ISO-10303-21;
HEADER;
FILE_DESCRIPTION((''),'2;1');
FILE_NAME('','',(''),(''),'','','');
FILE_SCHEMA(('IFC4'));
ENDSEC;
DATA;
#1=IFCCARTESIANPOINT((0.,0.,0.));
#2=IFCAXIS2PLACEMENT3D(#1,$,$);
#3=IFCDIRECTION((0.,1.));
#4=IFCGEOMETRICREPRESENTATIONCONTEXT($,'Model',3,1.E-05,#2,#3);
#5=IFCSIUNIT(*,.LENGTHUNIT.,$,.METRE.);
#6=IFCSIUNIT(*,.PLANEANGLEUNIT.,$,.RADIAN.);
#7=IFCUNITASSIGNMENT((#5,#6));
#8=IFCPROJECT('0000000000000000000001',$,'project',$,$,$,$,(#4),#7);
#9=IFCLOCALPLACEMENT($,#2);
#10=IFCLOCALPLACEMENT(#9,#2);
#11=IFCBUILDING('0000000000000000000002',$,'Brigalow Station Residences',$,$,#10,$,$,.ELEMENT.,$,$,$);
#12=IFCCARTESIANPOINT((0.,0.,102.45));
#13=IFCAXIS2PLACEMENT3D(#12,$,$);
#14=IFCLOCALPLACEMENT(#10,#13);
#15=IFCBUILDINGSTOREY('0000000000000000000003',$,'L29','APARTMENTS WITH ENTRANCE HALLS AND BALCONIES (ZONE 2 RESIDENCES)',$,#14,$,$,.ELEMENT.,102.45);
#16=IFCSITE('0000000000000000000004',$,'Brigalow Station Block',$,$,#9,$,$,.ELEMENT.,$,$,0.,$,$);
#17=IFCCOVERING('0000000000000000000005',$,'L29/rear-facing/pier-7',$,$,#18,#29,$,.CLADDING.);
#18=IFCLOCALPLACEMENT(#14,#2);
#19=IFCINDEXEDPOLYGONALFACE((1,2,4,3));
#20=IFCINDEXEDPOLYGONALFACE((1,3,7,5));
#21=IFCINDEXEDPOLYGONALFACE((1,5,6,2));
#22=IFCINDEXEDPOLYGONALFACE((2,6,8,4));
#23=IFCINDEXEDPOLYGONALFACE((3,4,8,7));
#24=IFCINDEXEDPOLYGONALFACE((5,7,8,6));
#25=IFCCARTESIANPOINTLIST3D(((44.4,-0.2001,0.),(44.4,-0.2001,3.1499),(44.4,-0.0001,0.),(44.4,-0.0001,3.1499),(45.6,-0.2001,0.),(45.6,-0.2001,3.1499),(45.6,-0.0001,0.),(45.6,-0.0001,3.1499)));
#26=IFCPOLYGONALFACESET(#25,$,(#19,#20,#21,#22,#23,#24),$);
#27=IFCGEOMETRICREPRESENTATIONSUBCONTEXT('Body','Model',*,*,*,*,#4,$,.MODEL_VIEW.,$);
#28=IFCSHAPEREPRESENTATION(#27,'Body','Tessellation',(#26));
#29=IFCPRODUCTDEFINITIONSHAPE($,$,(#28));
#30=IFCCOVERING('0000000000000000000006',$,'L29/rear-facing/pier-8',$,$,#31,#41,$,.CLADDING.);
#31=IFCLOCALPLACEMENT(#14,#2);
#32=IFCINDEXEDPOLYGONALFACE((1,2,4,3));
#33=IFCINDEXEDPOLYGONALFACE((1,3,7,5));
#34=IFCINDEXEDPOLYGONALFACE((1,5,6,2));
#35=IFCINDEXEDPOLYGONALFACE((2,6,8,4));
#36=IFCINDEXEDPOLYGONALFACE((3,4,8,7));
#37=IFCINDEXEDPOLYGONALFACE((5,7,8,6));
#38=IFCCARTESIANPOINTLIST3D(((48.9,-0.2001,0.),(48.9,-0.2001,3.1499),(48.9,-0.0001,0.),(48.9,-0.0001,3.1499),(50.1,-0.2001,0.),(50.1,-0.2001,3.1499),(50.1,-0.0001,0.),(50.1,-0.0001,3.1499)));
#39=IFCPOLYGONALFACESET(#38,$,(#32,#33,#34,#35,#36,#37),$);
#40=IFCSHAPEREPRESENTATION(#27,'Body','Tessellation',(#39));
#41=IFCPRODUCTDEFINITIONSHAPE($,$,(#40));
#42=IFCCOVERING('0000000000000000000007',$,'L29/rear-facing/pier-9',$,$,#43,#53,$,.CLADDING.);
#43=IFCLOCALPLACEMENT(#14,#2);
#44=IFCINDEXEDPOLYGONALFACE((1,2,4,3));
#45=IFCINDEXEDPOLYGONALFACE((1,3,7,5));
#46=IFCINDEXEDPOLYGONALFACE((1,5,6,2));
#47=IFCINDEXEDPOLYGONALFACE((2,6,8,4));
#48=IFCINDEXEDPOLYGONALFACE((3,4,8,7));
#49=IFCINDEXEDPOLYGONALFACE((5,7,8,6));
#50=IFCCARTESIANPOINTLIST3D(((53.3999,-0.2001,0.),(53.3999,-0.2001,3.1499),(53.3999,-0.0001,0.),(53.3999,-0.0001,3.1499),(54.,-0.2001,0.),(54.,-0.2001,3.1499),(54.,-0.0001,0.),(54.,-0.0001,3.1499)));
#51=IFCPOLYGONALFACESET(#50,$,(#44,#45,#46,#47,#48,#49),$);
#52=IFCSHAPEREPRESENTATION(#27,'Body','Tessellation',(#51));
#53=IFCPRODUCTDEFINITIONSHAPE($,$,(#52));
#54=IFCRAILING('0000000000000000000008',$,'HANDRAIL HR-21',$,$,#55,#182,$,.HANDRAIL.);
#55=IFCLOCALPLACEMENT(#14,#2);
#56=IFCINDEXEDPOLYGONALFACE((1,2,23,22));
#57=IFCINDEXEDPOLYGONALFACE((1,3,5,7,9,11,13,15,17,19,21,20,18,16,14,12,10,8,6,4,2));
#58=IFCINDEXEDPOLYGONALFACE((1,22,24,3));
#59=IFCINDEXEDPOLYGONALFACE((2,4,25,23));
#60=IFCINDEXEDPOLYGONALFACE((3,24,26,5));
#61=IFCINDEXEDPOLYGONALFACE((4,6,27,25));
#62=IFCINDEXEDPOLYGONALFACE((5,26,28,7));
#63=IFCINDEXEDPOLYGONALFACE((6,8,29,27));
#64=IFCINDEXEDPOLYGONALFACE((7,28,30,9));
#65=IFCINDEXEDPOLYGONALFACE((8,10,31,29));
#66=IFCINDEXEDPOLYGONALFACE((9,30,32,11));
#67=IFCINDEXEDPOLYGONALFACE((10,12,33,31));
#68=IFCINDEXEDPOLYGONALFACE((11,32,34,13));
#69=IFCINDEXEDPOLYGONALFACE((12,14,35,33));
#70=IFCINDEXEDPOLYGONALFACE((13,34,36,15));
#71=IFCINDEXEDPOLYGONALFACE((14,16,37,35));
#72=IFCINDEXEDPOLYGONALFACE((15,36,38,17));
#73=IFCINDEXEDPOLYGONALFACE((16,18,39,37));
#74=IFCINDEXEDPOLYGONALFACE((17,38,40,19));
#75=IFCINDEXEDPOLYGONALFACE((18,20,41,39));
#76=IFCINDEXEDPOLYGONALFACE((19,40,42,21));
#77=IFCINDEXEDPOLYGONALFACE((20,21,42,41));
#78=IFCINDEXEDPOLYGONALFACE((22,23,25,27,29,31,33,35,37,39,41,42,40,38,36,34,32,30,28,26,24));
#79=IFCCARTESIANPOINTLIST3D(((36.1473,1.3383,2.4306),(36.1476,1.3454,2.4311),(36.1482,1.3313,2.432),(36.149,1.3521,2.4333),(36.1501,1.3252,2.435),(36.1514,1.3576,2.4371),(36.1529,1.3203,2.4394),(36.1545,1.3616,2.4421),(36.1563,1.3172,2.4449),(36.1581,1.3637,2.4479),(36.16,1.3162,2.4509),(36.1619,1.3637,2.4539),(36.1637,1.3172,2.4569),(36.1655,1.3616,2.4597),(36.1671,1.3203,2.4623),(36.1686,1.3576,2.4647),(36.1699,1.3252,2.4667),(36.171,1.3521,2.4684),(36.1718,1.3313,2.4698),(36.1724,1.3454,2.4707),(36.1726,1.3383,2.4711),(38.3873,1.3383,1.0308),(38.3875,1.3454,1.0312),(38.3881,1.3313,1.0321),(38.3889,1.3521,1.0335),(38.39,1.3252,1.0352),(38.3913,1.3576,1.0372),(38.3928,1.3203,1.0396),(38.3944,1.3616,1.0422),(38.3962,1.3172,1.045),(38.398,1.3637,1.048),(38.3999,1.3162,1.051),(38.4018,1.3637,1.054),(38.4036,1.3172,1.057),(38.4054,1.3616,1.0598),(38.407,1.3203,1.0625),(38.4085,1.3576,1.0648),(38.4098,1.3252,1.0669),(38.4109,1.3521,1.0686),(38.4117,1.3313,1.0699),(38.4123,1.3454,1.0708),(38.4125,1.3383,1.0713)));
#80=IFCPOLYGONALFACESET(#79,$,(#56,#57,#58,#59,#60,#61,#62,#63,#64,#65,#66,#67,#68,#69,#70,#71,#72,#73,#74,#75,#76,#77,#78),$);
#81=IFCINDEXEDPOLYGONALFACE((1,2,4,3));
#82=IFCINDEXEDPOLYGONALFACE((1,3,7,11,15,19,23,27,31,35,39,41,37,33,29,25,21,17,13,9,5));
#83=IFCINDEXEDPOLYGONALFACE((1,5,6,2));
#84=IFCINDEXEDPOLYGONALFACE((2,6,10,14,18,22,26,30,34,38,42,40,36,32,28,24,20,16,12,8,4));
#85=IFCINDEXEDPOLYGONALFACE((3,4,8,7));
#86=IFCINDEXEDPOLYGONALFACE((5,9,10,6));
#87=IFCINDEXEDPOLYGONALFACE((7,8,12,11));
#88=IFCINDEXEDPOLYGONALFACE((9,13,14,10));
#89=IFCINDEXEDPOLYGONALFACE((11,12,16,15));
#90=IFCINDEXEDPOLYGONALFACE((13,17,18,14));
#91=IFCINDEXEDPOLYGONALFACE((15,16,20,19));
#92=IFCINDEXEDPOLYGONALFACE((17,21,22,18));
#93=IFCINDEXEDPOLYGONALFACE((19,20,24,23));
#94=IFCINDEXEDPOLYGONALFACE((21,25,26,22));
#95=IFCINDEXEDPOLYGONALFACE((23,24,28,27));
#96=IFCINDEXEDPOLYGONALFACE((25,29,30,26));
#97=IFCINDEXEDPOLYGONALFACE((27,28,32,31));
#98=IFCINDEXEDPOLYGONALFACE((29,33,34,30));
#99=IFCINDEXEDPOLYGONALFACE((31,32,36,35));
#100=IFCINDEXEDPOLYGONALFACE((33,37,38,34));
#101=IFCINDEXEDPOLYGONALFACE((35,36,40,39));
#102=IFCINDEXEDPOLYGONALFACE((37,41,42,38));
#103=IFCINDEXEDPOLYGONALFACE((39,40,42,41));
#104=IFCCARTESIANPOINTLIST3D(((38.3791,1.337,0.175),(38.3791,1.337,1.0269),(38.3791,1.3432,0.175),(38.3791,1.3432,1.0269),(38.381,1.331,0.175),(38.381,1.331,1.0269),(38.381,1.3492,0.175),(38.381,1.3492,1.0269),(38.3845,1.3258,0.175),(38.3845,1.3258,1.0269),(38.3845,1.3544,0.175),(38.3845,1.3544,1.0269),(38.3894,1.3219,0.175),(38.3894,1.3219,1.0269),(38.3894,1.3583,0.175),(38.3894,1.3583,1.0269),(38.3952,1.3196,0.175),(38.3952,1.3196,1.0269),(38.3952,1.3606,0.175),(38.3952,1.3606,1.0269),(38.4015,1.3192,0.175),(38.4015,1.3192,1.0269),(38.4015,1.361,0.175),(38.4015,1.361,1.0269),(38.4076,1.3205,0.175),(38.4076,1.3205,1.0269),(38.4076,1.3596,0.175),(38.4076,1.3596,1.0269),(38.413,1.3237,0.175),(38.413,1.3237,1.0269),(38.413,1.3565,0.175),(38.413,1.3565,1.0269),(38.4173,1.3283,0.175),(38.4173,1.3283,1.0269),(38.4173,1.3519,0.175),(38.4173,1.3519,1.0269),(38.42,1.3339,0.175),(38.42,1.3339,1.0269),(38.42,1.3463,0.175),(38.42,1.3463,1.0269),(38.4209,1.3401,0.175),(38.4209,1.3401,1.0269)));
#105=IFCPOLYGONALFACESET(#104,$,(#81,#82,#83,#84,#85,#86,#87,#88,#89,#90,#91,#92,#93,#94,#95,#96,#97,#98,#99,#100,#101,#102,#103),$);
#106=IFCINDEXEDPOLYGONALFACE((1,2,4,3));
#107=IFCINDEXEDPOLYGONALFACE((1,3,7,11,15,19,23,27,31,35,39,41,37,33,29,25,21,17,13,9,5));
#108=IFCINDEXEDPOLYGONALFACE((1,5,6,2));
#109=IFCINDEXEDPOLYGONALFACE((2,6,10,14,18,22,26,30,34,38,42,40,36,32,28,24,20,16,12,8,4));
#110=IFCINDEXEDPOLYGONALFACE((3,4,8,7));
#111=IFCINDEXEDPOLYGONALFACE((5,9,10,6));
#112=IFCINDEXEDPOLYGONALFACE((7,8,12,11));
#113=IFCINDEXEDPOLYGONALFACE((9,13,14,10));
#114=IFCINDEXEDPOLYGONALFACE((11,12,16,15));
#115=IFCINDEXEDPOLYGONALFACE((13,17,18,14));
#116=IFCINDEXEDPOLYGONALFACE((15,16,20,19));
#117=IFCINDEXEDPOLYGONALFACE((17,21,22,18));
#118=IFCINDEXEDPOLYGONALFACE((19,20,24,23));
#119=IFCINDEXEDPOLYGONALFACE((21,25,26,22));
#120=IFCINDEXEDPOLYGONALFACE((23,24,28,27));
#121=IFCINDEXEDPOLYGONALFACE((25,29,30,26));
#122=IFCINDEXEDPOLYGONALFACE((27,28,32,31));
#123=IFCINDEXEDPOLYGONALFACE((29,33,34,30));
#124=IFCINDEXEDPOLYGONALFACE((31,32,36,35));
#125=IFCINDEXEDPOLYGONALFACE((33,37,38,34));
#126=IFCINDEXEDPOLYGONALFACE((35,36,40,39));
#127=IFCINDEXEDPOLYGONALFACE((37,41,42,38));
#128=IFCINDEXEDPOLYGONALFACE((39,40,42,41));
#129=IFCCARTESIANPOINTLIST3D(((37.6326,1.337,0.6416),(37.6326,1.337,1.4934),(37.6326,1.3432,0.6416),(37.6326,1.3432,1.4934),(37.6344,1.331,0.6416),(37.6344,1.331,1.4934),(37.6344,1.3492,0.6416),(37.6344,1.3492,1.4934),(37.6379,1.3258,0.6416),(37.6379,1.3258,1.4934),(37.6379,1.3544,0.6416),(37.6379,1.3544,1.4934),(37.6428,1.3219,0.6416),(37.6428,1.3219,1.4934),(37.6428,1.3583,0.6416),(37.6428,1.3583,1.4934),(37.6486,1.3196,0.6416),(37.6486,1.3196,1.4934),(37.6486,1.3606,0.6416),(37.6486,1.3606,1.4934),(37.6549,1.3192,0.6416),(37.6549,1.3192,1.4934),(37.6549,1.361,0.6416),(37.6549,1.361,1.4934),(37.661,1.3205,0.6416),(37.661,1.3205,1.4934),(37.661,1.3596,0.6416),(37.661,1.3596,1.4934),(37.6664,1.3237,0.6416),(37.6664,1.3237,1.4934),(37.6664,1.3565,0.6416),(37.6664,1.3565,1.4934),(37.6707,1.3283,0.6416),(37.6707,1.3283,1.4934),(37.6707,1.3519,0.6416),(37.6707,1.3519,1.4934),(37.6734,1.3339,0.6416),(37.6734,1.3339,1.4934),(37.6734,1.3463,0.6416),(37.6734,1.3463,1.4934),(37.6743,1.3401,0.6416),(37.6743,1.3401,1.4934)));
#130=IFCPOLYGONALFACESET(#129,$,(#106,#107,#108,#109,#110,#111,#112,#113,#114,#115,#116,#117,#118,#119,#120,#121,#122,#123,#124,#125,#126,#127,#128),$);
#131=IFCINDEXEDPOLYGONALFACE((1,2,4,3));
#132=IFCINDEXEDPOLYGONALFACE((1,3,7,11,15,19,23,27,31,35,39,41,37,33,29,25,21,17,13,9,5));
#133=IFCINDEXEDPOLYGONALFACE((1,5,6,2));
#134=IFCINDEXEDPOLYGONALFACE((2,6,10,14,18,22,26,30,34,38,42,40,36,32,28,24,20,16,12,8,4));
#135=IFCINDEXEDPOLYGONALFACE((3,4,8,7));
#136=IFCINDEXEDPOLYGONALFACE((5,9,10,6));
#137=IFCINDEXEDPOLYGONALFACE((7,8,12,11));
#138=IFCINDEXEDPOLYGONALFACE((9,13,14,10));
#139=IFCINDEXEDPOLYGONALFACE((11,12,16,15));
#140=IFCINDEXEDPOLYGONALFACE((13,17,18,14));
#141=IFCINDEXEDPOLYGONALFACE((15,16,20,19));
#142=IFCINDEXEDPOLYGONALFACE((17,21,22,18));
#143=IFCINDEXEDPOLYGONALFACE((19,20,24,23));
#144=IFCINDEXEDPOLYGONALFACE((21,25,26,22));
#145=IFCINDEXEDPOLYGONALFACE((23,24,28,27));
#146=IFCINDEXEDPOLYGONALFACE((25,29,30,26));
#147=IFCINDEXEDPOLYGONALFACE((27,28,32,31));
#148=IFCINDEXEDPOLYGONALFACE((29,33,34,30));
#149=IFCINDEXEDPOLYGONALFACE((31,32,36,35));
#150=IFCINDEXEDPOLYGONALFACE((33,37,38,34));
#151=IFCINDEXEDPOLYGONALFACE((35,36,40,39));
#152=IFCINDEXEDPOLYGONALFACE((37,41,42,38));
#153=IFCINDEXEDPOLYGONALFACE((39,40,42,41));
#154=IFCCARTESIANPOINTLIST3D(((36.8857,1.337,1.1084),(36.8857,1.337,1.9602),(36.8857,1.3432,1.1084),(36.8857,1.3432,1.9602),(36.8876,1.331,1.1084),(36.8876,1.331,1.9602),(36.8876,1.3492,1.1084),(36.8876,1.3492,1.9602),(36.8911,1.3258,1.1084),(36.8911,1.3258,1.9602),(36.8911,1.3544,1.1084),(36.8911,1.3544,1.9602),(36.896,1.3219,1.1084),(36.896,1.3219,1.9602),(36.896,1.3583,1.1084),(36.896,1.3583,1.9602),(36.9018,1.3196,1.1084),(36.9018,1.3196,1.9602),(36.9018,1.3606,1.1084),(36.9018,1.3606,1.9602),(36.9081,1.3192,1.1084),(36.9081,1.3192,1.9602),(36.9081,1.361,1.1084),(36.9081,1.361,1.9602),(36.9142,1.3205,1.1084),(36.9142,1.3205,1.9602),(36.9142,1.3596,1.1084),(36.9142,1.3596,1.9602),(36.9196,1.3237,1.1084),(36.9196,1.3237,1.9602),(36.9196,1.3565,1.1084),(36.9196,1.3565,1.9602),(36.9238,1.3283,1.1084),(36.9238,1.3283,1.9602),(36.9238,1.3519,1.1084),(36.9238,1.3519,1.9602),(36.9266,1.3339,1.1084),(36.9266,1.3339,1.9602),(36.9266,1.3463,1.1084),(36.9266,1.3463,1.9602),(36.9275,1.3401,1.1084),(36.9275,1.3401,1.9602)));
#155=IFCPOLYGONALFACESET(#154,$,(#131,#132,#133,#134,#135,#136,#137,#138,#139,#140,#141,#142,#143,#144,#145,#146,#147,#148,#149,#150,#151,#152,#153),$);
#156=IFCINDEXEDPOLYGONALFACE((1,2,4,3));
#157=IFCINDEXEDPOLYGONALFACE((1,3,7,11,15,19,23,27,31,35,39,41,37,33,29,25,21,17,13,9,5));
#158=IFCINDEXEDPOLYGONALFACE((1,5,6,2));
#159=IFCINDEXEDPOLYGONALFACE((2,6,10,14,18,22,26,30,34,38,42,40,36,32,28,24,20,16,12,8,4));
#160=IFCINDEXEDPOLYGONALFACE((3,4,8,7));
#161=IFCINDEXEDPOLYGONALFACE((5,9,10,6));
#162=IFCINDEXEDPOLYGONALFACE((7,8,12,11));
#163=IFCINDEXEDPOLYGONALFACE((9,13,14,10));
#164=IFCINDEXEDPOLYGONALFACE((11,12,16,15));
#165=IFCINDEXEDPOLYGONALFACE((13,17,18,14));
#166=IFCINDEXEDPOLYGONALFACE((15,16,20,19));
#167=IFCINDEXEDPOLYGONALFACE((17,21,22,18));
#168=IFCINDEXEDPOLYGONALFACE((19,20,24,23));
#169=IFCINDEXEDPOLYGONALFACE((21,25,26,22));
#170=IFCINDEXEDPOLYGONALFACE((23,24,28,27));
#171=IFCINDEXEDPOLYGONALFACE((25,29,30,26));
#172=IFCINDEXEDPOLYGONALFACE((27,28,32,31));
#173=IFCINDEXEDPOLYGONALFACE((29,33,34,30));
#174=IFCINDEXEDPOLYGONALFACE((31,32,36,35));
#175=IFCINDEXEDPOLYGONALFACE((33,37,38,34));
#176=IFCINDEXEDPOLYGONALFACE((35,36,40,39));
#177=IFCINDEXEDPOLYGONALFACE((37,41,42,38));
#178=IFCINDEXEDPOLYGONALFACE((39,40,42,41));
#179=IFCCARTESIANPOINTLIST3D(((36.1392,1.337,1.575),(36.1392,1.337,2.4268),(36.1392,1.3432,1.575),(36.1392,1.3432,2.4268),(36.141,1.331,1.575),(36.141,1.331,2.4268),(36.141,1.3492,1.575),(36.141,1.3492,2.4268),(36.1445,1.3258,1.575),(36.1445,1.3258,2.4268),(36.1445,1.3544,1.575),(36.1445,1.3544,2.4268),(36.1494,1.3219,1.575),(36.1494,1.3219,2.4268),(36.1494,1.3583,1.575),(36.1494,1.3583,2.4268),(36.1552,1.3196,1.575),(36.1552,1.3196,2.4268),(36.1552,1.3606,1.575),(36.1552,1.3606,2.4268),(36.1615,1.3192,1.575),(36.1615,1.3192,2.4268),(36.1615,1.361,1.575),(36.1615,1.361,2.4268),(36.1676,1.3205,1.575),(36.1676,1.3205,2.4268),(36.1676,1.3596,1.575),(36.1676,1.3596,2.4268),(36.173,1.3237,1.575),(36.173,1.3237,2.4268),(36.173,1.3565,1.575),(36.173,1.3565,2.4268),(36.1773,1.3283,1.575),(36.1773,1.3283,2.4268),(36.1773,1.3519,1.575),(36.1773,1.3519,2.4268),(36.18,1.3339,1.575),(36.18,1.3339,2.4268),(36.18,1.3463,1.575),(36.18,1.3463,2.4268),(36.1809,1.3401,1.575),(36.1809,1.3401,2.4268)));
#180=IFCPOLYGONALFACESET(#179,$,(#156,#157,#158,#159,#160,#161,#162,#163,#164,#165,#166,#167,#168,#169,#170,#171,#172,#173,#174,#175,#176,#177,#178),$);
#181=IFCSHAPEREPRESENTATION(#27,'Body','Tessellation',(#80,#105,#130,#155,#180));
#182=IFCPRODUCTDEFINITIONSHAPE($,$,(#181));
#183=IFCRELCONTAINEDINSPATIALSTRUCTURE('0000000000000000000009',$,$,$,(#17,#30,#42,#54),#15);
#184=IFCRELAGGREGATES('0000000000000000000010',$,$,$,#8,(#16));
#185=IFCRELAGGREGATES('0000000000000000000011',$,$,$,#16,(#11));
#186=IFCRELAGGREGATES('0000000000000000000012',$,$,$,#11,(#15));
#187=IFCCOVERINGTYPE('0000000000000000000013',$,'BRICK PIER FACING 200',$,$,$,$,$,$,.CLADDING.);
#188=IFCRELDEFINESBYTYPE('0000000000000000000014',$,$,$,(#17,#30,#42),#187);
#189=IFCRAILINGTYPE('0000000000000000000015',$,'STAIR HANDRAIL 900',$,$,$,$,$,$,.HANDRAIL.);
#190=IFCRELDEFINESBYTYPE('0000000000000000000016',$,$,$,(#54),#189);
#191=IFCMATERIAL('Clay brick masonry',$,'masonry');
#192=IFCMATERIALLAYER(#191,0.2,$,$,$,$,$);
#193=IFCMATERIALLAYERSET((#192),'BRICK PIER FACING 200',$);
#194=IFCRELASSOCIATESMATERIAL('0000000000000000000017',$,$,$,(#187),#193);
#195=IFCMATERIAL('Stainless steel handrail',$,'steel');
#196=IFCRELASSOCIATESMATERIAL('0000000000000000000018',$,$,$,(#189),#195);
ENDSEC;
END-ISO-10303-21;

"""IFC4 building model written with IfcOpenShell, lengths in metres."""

from ifc_helpers import new_model, si_unit, direction, frame, origin, origin_2d, place, context, subcontext, project, spatial, rectangle, circle, extrude, material, layer, layer_set, type_object, element, save


model = new_model("IFC4")

# Units and contexts
model_context = context("Model", 3, precision=1e-05, world=origin(), true_north=direction((0.0, 1.0)))
body_context = subcontext(model_context, "Body", "Model", "MODEL_VIEW")
ifc_project = project(units=[si_unit("LENGTHUNIT", "METRE"), si_unit("PLANEANGLEUNIT", "RADIAN")], contexts=[model_context])

# Site, building, storey
site_placement = place(None, origin())
site = spatial("IfcSite", under=ifc_project, at=site_placement, Name="Brigalow Station Block", CompositionType="ELEMENT", RefElevation=0.0)
building_placement = place(site_placement, origin())
building = spatial("IfcBuilding", under=site, at=building_placement, Name="Brigalow Station Residences", CompositionType="ELEMENT")
storey_placement = place(building_placement, frame((0.0, 0.0, 102.45)))
storey = spatial("IfcBuildingStorey", under=building, at=storey_placement, Name="L29", Description="APARTMENTS WITH ENTRANCE HALLS AND BALCONIES (ZONE 2 RESIDENCES)", CompositionType="ELEMENT", Elevation=102.45)

# Coverings
ifc_material_1 = material(Name="Clay brick masonry", Category="masonry")
ifc_layer_1 = layer(ifc_material_1, 0.2)
ifc_layer_set_1 = layer_set([ifc_layer_1], Name="BRICK PIER FACING 200")
covering_type_1 = type_object("IfcCoveringType", Name="BRICK PIER FACING 200", PredefinedType="CLADDING", material=ifc_layer_set_1)
for number, where, z_axis, x_axis, name in (
    (1, (45.0, -0.1001, 0.0), (0.0, 0.0, 1.0), (1.0, 0.0, 0.0), "L29/rear-facing/pier-7"),
    (2, (49.5, -0.1001, 0.0), (0.0, 0.0, 1.0), (1.0, 0.0, 0.0), "L29/rear-facing/pier-8"),
):
    element("IfcCovering", number, at=place(storey_placement, frame(where, z_axis=z_axis, x_axis=x_axis)), inside=storey, type_object=covering_type_1, Name=name, PredefinedType="CLADDING", context=body_context, shape_type="SweptSolid", body=[
        extrude(rectangle(XDim=1.2, YDim=0.2, at=origin_2d()), origin(), (0.0, 0.0, 1.0), 3.1499),
    ])
covering_placement = place(storey_placement, frame((53.7, -0.1001, 0.0), z_axis=(0.0, 0.0, 1.0), x_axis=(1.0, 0.0, 0.0)))
element("IfcCovering", 3, at=covering_placement, inside=storey, type_object=covering_type_1, Name="L29/rear-facing/pier-9", PredefinedType="CLADDING", context=body_context, shape_type="SweptSolid", body=[
    extrude(rectangle(XDim=0.6001, YDim=0.2, at=origin_2d()), origin(), (0.0, 0.0, 1.0), 3.1499),
])

# Railing
ifc_material_2 = material(Name="Stainless steel handrail", Category="steel")
railing_type_1 = type_object("IfcRailingType", Name="STAIR HANDRAIL 900", PredefinedType="HANDRAIL", material=ifc_material_2)
railing_1_placement = place(storey_placement, frame((38.3999, 1.3401, 0.175)))
element("IfcRailing", 4, at=railing_1_placement, inside=storey, type_object=railing_type_1, Name="HANDRAIL HR-21", PredefinedType="HANDRAIL", context=body_context, shape_type="SweptSolid", body=[
    extrude(circle(Radius=0.0239, at=origin_2d()), frame((0.0, 0.0, 0.876), z_axis=(-0.848014, 0.0, 0.529974), x_axis=(0.0, -1.0, 0.0)), (0.0, 0.0, 1.0), 2.6414),
    extrude(circle(Radius=0.021, at=origin_2d()), origin(), (0.0, 0.0, 1.0), 0.8518),
    extrude(circle(Radius=0.021, at=origin_2d()), frame((-0.7466, 0.0, 0.4666)), (0.0, 0.0, 1.0), 0.8518),
    extrude(circle(Radius=0.021, at=origin_2d()), frame((-1.4934, 0.0, 0.9333)), (0.0, 0.0, 1.0), 0.8518),
    extrude(circle(Radius=0.021, at=origin_2d()), frame((-2.24, 0.0, 1.3999)), (0.0, 0.0, 1.0), 0.8518),
])

save(model, "model.ifc")
